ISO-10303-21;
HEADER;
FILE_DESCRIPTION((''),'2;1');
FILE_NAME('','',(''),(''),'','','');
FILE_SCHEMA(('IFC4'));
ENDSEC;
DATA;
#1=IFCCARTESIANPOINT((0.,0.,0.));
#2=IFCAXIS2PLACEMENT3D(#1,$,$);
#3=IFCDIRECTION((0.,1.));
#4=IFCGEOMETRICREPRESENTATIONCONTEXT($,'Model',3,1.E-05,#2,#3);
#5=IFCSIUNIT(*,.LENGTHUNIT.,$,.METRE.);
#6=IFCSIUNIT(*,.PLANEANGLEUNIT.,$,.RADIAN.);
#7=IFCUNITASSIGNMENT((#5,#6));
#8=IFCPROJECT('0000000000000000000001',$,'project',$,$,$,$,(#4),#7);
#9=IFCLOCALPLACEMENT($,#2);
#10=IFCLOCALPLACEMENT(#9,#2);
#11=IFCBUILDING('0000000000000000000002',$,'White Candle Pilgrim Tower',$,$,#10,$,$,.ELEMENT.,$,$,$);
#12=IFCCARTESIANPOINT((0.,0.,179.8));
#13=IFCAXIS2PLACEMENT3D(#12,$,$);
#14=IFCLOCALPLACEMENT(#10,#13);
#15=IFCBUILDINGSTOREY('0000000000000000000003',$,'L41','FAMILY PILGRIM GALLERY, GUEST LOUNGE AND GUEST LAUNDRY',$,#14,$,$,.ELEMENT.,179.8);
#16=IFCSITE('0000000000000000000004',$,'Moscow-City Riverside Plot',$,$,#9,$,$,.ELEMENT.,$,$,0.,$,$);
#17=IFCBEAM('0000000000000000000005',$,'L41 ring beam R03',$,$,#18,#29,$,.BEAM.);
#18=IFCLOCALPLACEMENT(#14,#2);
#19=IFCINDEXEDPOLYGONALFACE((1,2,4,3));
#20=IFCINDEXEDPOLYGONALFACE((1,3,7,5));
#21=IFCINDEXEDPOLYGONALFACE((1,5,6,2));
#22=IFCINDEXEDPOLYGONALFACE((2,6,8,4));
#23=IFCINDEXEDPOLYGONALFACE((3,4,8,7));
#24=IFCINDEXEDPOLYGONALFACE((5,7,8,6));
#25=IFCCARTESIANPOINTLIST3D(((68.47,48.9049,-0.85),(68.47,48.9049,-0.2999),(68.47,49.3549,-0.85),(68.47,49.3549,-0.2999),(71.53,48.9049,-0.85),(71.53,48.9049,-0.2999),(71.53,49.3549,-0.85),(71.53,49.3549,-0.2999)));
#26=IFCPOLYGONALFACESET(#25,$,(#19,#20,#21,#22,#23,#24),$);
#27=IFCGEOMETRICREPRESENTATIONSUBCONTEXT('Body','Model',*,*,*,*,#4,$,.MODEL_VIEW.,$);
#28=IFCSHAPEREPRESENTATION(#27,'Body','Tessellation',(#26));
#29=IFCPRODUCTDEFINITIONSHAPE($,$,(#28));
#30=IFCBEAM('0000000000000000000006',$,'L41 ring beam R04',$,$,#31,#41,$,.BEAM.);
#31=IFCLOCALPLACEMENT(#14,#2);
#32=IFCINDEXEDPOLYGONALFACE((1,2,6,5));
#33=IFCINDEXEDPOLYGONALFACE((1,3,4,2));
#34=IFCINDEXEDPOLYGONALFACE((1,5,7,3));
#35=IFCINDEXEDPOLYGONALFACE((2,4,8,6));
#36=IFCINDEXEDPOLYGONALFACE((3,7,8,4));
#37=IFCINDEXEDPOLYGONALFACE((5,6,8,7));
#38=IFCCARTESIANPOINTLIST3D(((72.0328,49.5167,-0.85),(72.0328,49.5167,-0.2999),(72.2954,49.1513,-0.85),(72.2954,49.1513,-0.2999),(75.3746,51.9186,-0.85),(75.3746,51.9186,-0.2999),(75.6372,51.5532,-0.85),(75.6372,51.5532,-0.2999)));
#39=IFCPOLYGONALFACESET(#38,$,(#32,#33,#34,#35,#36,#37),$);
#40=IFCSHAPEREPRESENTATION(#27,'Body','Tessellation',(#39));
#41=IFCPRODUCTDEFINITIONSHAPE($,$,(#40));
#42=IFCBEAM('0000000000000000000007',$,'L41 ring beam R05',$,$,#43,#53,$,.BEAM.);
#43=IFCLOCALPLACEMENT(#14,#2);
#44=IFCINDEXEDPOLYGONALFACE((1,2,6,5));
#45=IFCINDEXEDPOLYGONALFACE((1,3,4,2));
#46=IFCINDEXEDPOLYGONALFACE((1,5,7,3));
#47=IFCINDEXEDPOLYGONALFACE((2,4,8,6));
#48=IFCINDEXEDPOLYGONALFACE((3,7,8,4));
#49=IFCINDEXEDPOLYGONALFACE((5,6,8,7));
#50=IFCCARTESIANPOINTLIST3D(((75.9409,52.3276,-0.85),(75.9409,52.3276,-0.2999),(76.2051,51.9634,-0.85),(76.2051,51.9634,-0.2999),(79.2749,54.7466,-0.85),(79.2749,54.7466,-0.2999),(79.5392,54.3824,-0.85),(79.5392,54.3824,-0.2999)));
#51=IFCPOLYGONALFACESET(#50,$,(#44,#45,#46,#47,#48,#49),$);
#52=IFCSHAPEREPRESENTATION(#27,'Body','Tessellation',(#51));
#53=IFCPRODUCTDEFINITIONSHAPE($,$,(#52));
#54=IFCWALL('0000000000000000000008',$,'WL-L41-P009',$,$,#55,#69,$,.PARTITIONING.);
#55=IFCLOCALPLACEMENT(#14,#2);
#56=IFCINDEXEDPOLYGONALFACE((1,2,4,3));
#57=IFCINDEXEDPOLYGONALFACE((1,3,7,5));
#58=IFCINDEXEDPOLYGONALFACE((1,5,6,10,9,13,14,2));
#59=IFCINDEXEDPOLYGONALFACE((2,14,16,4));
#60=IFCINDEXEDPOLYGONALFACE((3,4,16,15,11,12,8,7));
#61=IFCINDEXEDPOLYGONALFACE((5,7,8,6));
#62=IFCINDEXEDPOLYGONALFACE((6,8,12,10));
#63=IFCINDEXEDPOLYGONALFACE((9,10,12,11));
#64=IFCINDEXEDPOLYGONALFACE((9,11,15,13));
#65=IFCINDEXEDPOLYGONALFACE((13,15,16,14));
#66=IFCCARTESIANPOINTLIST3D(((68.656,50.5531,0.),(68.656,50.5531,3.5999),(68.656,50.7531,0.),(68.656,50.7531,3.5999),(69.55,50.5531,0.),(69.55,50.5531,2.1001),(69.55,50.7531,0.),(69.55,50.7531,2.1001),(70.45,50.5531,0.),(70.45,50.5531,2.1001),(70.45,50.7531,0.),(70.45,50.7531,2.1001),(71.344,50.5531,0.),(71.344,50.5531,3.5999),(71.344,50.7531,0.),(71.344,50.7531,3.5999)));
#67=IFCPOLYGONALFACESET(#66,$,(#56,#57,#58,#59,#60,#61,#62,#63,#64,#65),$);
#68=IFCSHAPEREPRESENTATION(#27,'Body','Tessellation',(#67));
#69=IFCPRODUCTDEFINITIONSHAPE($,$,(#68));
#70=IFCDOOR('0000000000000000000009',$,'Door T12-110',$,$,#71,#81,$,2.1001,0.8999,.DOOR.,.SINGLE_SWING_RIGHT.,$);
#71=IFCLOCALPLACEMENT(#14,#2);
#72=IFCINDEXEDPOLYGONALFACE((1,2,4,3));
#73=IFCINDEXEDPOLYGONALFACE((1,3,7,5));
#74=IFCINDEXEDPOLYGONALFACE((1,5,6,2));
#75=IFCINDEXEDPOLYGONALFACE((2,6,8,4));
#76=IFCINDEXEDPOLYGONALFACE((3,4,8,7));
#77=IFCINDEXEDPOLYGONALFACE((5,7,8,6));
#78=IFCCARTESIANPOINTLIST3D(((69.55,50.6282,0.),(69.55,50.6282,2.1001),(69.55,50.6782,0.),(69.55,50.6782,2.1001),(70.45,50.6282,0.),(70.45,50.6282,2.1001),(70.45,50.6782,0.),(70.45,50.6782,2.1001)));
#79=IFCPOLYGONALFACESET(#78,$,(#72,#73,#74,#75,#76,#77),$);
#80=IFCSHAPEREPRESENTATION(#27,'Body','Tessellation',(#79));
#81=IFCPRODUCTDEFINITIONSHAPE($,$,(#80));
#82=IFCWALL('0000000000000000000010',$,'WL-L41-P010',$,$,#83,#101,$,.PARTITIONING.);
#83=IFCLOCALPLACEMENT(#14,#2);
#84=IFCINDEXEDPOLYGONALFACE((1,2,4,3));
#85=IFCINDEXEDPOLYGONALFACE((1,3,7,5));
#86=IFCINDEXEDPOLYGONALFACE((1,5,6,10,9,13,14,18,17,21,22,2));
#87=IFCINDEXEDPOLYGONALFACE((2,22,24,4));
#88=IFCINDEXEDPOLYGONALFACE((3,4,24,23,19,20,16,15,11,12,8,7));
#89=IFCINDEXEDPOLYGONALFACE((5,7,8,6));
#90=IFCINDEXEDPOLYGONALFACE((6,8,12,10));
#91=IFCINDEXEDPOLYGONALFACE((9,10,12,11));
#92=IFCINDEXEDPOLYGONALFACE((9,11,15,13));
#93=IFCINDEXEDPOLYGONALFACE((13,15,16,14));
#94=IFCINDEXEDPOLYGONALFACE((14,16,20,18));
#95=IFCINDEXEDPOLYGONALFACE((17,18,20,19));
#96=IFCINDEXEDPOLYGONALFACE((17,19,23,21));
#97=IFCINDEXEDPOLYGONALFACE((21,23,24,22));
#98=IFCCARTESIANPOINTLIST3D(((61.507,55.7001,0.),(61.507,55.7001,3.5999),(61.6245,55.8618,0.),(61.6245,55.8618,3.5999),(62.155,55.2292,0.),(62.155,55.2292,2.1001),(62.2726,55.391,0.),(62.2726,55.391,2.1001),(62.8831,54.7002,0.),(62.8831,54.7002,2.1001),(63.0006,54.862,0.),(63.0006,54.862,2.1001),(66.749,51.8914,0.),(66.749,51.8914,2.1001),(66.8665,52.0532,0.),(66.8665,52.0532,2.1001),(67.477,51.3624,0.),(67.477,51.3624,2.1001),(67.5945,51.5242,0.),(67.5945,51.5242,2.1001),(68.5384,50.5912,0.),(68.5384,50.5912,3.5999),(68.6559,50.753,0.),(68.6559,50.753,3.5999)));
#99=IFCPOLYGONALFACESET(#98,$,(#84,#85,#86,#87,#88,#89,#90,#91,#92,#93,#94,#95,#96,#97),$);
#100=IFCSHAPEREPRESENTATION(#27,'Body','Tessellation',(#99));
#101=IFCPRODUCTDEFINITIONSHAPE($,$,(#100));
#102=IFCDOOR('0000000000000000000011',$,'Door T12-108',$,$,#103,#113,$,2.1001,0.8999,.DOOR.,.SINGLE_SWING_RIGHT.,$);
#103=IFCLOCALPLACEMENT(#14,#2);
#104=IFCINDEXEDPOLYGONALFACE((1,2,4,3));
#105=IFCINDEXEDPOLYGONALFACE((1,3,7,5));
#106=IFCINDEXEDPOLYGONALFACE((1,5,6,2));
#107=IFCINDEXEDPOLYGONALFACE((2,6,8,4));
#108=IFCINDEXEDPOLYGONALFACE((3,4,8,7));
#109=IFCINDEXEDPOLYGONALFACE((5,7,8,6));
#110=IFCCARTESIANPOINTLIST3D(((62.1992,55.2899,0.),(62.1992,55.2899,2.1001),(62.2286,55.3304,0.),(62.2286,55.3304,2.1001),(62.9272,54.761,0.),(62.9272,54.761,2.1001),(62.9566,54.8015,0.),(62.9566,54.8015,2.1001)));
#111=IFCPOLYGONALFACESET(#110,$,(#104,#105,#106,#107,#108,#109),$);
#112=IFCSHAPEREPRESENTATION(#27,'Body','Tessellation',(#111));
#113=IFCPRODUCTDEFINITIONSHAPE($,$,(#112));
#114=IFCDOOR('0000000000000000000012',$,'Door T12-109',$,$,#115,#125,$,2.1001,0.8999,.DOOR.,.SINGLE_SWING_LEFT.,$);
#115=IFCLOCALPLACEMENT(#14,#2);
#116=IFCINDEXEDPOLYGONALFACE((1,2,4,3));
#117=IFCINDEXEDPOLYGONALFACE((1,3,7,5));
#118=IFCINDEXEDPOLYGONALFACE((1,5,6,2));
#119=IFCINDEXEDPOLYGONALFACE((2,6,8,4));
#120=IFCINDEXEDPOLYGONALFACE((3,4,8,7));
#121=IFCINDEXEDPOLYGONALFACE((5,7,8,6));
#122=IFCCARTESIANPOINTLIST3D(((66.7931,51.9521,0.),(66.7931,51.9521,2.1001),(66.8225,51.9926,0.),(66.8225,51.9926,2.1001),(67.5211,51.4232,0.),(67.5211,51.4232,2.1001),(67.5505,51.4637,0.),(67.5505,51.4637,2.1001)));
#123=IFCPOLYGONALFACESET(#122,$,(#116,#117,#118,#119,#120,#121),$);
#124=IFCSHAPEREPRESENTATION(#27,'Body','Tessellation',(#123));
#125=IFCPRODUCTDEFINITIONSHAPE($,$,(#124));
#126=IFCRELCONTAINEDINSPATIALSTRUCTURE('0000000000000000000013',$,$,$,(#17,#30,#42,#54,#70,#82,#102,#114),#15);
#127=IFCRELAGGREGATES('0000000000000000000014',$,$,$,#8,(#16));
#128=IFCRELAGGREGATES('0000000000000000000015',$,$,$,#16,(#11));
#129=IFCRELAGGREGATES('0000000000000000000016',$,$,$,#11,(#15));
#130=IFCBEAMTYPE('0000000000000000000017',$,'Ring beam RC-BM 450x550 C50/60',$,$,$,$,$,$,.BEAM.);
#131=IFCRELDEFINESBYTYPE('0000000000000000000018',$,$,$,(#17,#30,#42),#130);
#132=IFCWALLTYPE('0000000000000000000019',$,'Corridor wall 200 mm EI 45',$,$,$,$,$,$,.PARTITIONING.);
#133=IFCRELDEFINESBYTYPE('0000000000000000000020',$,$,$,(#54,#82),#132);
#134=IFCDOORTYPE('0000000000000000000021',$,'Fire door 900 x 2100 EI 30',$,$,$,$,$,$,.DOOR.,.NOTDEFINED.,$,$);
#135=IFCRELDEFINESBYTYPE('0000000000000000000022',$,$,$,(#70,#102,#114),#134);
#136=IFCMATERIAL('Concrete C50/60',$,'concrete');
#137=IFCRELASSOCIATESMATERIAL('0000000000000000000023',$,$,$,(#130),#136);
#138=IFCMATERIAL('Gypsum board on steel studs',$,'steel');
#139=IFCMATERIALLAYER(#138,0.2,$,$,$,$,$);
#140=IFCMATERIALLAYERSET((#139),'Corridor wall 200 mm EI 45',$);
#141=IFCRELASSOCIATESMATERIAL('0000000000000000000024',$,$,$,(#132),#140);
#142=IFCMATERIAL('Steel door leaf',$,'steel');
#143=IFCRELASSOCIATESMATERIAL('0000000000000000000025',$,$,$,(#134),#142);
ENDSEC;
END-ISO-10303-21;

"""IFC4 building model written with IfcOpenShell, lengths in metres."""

from ifc_helpers import new_model, si_unit, direction, frame, frame_2d, origin, origin_2d, place, context, subcontext, project, spatial, rectangle, extrude, material, layer, layer_set, material_profile, profile_set, type_object, element, fill, save


model = new_model("IFC4")

# Units and contexts
model_context = context("Model", 3, precision=1e-05, world=origin(), true_north=direction((0.0, 1.0)))
body_context = subcontext(model_context, "Body", "Model", "MODEL_VIEW")
ifc_project = project(units=[si_unit("LENGTHUNIT", "METRE"), si_unit("PLANEANGLEUNIT", "RADIAN")], contexts=[model_context])

# Site, building, storey
site_placement = place(None, origin())
site = spatial("IfcSite", under=ifc_project, at=site_placement, Name="Moscow-City Riverside Plot", CompositionType="ELEMENT", RefElevation=0.0)
building_placement = place(site_placement, origin())
building = spatial("IfcBuilding", under=site, at=building_placement, Name="White Candle Pilgrim Tower", CompositionType="ELEMENT")
storey_placement = place(building_placement, frame((0.0, 0.0, 179.8)))
storey = spatial("IfcBuildingStorey", under=building, at=storey_placement, Name="L41", Description="FAMILY PILGRIM GALLERY, GUEST LOUNGE AND GUEST LAUNDRY", CompositionType="ELEMENT", Elevation=179.8)

# Beams
ifc_material_1 = material(Name="Concrete C50/60", Category="concrete")
ifc_material_profile_1 = material_profile(ifc_material_1, rectangle(XDim=0.45, YDim=0.55, at=origin_2d()), Name="RC-BM 450x550")
ifc_profile_set_1 = profile_set([ifc_material_profile_1], Name="Concrete C50/60")
beam_type = type_object("IfcBeamType", Name="Ring beam RC-BM 450x550 C50/60", PredefinedType="BEAM", material=ifc_profile_set_1)
beam_1_placement = place(storey_placement, frame((68.47, 49.1299, -0.575), z_axis=(1.0, 0.0, 0.0), x_axis=(0.0, 1.0, 0.0)))
element("IfcBeam", 1, at=beam_1_placement, inside=storey, type_object=beam_type, Name="L41 ring beam R03", PredefinedType="BEAM", context=body_context, shape_type="SweptSolid", body=[
    extrude(rectangle(XDim=0.45, YDim=0.55, at=origin_2d()), origin(), (0.0, 0.0, 1.0), 3.0601),
])
beam_2_placement = place(storey_placement, frame((72.1641, 49.334, -0.575), z_axis=(0.812022, 0.583626, 0.0), x_axis=(-0.583626, 0.812022, 0.0)))
element("IfcBeam", 2, at=beam_2_placement, inside=storey, type_object=beam_type, Name="L41 ring beam R04", PredefinedType="BEAM", context=body_context, shape_type="SweptSolid", body=[
    extrude(rectangle(XDim=0.45, YDim=0.55, at=origin_2d()), origin(), (0.0, 0.0, 1.0), 4.1155),
])
beam_3_placement = place(storey_placement, frame((76.073, 52.1455, -0.575), z_axis=(0.809402, 0.587255, 0.0), x_axis=(-0.587255, 0.809402, 0.0)))
element("IfcBeam", 3, at=beam_3_placement, inside=storey, type_object=beam_type, Name="L41 ring beam R05", PredefinedType="BEAM", context=body_context, shape_type="SweptSolid", body=[
    extrude(rectangle(XDim=0.45, YDim=0.55, at=origin_2d()), origin(), (0.0, 0.0, 1.0), 4.1191),
])

# Wall, opening, door
ifc_material_2 = material(Name="Gypsum board on steel studs", Category="steel")
ifc_layer_1 = layer(ifc_material_2, 0.2)
ifc_layer_set_1 = layer_set([ifc_layer_1], Name="Corridor wall 200 mm EI 45")
wall_type_1 = type_object("IfcWallType", Name="Corridor wall 200 mm EI 45", PredefinedType="PARTITIONING", material=ifc_layer_set_1)
wall_1_placement = place(storey_placement, frame((71.344, 50.6531, 0.0), z_axis=(0.0, 0.0, 1.0), x_axis=(-1.0, 0.0, 0.0)))
wall_1 = element("IfcWall", 4, at=wall_1_placement, inside=storey, type_object=wall_type_1, Name="WL-L41-P009", PredefinedType="PARTITIONING", context=body_context, shape_type="SweptSolid", body=[
    extrude(rectangle(XDim=2.688, YDim=0.2, at=frame_2d((1.344, 0.0))), origin(), (0.0, 0.0, 1.0), 3.5999),
])
opening_1_placement = place(wall_1_placement, frame((0.894, 0.0, 0.0)))
opening_1 = element("IfcOpeningElement", 5, at=opening_1_placement, cuts=wall_1, PredefinedType="OPENING", context=body_context, shape_type="SweptSolid", body=[
    extrude(rectangle(XDim=0.8999, YDim=2.1001, at=frame_2d((0.45, 1.05))), frame((0.0, 0.1099, 0.0), z_axis=(0.0, -1.0, 0.0), x_axis=(1.0, 0.0, 0.0)), (0.0, 0.0, 1.0), 0.22),
])
ifc_material_3 = material(Name="Steel door leaf", Category="steel")
door_type = type_object("IfcDoorType", Name="Fire door 900 x 2100 EI 30", OperationType="NOTDEFINED", PredefinedType="DOOR", material=ifc_material_3)
door_1_placement = place(opening_1_placement, origin())
door_1 = element("IfcDoor", 6, at=door_1_placement, inside=storey, type_object=door_type, Name="Door T12-110", OperationType="SINGLE_SWING_RIGHT", OverallHeight=2.1001, OverallWidth=0.8999, PredefinedType="DOOR", context=body_context, shape_type="SweptSolid", body=[
    extrude(rectangle(XDim=0.8999, YDim=2.1001, at=frame_2d((0.45, 1.05))), frame((0.0, 0.0249, 0.0), z_axis=(0.0, -1.0, 0.0), x_axis=(1.0, 0.0, 0.0)), (0.0, 0.0, 1.0), 0.05),
])
fill(opening_1, door_1)

# Wall, openings, doors
wall_2_placement = place(storey_placement, frame((68.5972, 50.6721, 0.0), z_axis=(0.0, 0.0, 1.0), x_axis=(-0.809006, 0.587801, 0.0)))
wall_2 = element("IfcWall", 7, at=wall_2_placement, inside=storey, type_object=wall_type_1, Name="WL-L41-P010", PredefinedType="PARTITIONING", context=body_context, shape_type="SweptSolid", body=[
    extrude(rectangle(XDim=8.6914, YDim=0.2, at=frame_2d((4.3457, 0.0))), origin(), (0.0, 0.0, 1.0), 3.5999),
])
opening_2_placement = place(wall_2_placement, frame((6.9905, 0.0, 0.0)))
opening_2 = element("IfcOpeningElement", 8, at=opening_2_placement, cuts=wall_2, PredefinedType="OPENING", context=body_context, shape_type="SweptSolid", body=[
    extrude(rectangle(XDim=0.8999, YDim=2.1001, at=frame_2d((0.45, 1.05))), frame((0.0, 0.1099, 0.0), z_axis=(0.0, -1.0, 0.0), x_axis=(1.0, 0.0, 0.0)), (0.0, 0.0, 1.0), 0.22),
])
opening_3_placement = place(wall_2_placement, frame((1.312, 0.0, 0.0)))
opening_3 = element("IfcOpeningElement", 9, at=opening_3_placement, cuts=wall_2, PredefinedType="OPENING", context=body_context, shape_type="SweptSolid", body=[
    extrude(rectangle(XDim=0.8999, YDim=2.1001, at=frame_2d((0.45, 1.05))), frame((0.0, 0.1099, 0.0), z_axis=(0.0, -1.0, 0.0), x_axis=(1.0, 0.0, 0.0)), (0.0, 0.0, 1.0), 0.22),
])
door_2_placement = place(opening_2_placement, origin())
door_2 = element("IfcDoor", 10, at=door_2_placement, inside=storey, type_object=door_type, Name="Door T12-108", OperationType="SINGLE_SWING_RIGHT", OverallHeight=2.1001, OverallWidth=0.8999, PredefinedType="DOOR", context=body_context, shape_type="SweptSolid", body=[
    extrude(rectangle(XDim=0.8999, YDim=2.1001, at=frame_2d((0.45, 1.05))), frame((0.0, 0.0249, 0.0), z_axis=(0.0, -1.0, 0.0), x_axis=(1.0, 0.0, 0.0)), (0.0, 0.0, 1.0), 0.05),
])
fill(opening_2, door_2)
door_3_placement = place(opening_3_placement, origin())
door_3 = element("IfcDoor", 11, at=door_3_placement, inside=storey, type_object=door_type, Name="Door T12-109", OperationType="SINGLE_SWING_LEFT", OverallHeight=2.1001, OverallWidth=0.8999, PredefinedType="DOOR", context=body_context, shape_type="SweptSolid", body=[
    extrude(rectangle(XDim=0.8999, YDim=2.1001, at=frame_2d((0.45, 1.05))), frame((0.0, 0.0249, 0.0), z_axis=(0.0, -1.0, 0.0), x_axis=(1.0, 0.0, 0.0)), (0.0, 0.0, 1.0), 0.05),
])
fill(opening_3, door_3)

save(model, "model.ifc")
